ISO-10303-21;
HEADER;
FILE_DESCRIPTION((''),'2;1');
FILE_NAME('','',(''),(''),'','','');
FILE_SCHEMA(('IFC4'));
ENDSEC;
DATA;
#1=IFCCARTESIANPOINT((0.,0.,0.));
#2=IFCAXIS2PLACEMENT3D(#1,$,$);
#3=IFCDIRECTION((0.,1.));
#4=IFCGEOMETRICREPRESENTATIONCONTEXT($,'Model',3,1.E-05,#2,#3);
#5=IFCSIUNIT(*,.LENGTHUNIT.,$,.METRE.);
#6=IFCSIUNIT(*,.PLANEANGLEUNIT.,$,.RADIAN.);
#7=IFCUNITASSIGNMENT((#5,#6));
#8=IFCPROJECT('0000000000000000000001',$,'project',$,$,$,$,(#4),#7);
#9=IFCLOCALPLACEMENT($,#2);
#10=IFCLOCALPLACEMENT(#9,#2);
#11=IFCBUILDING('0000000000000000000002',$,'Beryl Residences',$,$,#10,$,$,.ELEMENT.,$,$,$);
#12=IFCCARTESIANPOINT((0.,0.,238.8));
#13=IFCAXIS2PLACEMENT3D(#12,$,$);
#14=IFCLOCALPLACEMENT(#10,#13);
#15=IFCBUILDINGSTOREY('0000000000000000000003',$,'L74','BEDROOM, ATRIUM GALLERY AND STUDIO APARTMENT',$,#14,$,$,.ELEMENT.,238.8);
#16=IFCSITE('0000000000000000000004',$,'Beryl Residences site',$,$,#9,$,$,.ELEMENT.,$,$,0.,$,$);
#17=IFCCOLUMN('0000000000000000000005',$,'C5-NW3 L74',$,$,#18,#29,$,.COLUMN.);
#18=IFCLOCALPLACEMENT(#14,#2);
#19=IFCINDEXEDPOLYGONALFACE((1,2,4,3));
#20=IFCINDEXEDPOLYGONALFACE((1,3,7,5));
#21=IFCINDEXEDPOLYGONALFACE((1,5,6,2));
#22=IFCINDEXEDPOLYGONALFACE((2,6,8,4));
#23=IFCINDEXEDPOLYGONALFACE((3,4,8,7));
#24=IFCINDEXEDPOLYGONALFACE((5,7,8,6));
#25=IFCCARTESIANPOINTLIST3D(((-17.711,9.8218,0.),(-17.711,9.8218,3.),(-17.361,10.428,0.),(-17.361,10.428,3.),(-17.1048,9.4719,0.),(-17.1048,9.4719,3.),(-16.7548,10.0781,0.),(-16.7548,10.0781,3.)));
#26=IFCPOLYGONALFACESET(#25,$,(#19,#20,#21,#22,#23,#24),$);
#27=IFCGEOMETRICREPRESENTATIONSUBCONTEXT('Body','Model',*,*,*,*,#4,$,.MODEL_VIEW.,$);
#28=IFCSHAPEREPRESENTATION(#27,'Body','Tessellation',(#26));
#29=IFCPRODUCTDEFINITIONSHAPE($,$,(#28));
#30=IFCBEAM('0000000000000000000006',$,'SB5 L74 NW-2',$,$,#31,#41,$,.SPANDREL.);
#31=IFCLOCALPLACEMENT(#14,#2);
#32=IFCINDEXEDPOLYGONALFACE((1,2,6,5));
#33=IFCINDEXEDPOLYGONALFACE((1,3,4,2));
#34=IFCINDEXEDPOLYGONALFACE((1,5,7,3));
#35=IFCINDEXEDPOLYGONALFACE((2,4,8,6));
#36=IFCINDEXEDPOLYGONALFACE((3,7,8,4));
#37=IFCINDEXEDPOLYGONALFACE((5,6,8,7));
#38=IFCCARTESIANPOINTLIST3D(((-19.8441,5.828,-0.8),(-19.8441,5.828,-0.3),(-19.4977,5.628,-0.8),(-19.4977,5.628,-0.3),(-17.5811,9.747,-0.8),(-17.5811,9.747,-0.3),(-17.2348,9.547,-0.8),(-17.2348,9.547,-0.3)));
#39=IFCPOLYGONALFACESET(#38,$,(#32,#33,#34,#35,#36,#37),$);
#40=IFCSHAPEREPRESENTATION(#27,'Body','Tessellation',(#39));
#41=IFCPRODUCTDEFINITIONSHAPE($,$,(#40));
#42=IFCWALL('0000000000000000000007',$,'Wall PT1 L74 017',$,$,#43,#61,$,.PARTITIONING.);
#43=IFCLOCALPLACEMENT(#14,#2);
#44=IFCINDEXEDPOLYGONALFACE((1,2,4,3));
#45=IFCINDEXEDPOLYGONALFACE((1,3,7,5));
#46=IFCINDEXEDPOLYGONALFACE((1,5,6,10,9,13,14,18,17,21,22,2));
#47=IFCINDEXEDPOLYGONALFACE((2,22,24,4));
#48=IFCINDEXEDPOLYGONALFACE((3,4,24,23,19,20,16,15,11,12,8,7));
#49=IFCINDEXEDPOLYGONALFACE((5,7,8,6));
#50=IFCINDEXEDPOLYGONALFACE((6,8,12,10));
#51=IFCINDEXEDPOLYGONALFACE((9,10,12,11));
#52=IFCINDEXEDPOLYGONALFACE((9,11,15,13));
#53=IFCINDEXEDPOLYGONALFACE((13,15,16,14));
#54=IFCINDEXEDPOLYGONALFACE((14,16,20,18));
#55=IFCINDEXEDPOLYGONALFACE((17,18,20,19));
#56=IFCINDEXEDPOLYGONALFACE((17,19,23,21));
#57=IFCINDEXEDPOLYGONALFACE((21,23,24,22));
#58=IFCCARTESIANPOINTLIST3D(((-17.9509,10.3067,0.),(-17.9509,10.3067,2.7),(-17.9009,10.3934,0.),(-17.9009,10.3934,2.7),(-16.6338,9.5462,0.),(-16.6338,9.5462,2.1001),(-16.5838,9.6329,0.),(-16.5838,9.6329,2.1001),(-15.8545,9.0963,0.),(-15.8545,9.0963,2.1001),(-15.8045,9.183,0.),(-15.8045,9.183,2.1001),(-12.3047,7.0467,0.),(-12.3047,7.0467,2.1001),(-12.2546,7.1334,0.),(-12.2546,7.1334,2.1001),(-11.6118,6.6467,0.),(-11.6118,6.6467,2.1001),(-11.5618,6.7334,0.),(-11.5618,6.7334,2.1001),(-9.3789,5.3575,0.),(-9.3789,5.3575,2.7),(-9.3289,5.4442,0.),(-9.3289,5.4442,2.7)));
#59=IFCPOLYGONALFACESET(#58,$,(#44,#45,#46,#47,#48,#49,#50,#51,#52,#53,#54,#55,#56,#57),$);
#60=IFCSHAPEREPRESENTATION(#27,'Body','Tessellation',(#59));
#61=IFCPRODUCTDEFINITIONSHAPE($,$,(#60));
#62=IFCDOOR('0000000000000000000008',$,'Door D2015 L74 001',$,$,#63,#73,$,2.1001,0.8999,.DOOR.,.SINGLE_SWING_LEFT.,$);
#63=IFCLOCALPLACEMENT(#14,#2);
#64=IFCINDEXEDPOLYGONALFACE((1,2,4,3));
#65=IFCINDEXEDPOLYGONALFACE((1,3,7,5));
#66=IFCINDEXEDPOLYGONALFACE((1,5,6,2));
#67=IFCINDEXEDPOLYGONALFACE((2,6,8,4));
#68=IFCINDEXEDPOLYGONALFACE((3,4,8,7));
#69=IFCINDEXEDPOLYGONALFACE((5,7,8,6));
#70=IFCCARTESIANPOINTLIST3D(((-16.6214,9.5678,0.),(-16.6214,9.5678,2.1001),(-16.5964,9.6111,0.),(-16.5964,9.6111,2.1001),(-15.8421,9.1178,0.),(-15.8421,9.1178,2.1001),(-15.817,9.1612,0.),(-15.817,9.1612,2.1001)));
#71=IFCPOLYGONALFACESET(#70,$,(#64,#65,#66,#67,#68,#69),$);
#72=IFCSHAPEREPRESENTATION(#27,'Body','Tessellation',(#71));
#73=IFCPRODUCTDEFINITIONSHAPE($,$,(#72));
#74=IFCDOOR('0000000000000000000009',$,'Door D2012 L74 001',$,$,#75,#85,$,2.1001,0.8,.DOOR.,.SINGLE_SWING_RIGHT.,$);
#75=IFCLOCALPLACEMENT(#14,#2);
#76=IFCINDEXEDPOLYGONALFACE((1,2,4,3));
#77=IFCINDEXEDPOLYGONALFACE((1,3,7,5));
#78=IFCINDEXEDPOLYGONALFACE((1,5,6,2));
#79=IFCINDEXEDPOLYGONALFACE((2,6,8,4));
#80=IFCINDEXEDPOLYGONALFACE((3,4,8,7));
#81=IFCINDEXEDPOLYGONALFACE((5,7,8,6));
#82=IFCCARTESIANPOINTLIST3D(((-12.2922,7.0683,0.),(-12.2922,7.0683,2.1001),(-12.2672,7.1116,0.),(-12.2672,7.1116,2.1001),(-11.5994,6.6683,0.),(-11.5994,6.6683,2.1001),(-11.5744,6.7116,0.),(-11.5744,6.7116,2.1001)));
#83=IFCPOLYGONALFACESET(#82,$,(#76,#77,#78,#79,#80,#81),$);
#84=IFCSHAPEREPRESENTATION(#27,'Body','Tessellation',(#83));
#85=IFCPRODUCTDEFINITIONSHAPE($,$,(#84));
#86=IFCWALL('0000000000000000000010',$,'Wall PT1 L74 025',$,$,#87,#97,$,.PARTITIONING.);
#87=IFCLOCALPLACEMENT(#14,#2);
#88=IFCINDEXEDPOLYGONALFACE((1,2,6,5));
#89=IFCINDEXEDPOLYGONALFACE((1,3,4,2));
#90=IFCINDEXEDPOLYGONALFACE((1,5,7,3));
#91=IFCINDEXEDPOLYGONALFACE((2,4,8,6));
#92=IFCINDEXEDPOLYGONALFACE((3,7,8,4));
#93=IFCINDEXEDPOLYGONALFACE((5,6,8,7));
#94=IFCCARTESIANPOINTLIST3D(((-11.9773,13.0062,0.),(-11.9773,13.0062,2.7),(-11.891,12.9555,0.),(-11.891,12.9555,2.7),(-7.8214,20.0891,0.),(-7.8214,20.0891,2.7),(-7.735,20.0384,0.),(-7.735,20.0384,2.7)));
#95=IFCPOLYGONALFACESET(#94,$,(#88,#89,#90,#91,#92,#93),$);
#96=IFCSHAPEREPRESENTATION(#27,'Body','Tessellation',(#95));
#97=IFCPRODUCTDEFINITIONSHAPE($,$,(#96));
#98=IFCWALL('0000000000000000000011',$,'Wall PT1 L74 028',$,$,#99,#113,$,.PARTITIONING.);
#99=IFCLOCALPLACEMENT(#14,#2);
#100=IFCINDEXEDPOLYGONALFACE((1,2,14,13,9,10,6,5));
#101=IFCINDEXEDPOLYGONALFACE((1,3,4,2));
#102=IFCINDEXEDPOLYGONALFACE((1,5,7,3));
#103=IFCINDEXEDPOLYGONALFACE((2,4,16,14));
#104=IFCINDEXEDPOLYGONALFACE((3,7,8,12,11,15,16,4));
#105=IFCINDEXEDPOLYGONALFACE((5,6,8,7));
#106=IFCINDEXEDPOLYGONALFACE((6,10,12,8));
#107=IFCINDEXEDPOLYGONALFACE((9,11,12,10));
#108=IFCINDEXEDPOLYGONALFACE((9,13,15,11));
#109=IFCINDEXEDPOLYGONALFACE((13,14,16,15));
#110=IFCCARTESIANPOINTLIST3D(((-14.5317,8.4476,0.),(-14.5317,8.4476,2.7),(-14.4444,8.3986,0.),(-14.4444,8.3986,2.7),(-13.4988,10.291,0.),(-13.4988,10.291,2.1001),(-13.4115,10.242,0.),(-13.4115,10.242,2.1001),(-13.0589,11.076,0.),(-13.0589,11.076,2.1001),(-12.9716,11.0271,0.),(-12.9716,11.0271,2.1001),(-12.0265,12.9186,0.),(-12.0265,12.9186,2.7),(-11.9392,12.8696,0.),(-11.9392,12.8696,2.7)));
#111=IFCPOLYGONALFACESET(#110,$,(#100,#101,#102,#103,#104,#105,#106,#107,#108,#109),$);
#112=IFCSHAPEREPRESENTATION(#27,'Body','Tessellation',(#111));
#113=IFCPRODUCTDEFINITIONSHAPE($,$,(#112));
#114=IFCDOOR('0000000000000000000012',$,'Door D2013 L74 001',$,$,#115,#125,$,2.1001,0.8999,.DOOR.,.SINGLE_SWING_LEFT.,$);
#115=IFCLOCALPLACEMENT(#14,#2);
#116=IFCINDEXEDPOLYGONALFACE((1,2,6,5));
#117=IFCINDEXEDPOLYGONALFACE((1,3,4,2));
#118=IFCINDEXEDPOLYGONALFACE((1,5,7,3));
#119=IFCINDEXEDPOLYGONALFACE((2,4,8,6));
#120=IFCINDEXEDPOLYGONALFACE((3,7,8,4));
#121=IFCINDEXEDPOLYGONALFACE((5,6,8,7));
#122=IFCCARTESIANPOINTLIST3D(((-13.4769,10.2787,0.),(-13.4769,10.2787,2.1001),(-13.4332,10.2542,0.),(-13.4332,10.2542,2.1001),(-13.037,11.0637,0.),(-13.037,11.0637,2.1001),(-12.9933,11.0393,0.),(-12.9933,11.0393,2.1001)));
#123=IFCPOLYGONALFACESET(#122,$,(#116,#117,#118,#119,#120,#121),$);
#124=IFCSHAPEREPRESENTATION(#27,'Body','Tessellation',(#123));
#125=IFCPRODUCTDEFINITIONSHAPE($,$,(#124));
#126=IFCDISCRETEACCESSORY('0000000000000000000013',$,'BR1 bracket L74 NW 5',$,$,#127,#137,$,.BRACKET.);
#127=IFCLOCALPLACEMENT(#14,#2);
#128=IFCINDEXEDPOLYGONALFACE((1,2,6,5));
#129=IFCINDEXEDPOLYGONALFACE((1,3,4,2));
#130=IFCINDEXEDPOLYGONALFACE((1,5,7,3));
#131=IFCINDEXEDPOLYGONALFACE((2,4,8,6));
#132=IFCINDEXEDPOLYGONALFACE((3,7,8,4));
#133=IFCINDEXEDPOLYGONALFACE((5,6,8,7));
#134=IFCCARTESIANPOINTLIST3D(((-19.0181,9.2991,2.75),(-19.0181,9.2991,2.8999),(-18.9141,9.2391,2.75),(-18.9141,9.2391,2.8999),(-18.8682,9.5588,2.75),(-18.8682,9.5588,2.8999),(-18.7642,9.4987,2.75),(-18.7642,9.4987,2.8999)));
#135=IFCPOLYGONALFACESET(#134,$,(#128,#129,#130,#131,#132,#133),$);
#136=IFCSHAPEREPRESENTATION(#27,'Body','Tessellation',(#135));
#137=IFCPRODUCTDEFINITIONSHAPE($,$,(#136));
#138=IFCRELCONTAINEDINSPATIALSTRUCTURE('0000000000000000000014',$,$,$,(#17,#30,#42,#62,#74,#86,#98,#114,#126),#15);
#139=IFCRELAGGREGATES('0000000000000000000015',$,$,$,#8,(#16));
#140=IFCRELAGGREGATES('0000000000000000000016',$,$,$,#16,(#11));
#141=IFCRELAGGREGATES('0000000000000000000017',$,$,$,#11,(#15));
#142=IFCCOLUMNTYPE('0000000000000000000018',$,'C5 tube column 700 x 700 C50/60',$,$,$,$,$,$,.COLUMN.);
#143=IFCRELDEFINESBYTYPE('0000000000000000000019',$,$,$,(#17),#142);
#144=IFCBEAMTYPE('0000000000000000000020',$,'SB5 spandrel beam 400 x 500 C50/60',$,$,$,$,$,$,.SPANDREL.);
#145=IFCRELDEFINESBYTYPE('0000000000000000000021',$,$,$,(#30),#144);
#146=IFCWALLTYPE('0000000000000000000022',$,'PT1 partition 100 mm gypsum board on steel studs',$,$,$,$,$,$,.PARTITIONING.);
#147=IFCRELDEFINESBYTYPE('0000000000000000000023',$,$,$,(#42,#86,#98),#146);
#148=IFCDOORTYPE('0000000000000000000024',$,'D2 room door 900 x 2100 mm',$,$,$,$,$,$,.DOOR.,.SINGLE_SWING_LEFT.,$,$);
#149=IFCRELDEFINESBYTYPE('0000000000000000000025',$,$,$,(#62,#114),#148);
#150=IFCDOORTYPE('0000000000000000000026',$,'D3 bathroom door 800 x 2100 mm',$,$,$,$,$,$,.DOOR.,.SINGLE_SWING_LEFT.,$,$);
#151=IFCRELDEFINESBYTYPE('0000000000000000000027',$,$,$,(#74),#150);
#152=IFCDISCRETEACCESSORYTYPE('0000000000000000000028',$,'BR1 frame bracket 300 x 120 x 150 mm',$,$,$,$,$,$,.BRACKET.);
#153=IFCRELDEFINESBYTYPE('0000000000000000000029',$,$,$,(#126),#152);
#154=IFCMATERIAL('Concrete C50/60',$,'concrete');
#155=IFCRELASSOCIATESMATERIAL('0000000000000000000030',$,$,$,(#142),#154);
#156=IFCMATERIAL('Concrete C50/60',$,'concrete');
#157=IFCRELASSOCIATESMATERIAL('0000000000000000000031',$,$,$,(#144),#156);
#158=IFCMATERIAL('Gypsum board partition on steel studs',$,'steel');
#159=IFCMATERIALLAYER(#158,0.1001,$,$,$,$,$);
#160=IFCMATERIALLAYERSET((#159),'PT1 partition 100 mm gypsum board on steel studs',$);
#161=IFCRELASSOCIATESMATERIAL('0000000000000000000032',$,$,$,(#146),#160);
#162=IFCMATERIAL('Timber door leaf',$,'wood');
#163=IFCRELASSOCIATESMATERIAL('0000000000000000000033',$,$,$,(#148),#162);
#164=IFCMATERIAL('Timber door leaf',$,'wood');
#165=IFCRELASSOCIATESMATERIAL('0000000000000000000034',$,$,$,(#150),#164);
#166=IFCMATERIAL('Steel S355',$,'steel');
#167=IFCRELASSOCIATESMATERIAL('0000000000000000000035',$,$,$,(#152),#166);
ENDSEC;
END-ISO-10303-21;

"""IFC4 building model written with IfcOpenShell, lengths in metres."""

from ifc_helpers import new_model, si_unit, direction, frame, frame_2d, origin, origin_2d, place, context, subcontext, project, spatial, polyline, rectangle, outline, extrude, source, transform, mapped, material, layer, layer_set, material_profile, profile_set, type_object, type_shapes, element, fill, save


model = new_model("IFC4")

# Units and contexts
model_context = context("Model", 3, precision=1e-05, world=origin(), true_north=direction((0.0, 1.0)))
body_context = subcontext(model_context, "Body", "Model", "MODEL_VIEW")
ifc_project = project(units=[si_unit("LENGTHUNIT", "METRE"), si_unit("PLANEANGLEUNIT", "RADIAN")], contexts=[model_context])

# Site, building, storey
site_placement = place(None, origin())
site = spatial("IfcSite", under=ifc_project, at=site_placement, Name="Beryl Residences site", CompositionType="ELEMENT", RefElevation=0.0)
building_placement = place(site_placement, origin())
building = spatial("IfcBuilding", under=site, at=building_placement, Name="Beryl Residences", CompositionType="ELEMENT")
storey_placement = place(building_placement, frame((0.0, 0.0, 238.8)))
storey = spatial("IfcBuildingStorey", under=building, at=storey_placement, Name="L74", Description="BEDROOM, ATRIUM GALLERY AND STUDIO APARTMENT", CompositionType="ELEMENT", Elevation=238.8)

# Column
ifc_material_1 = material(Name="Concrete C50/60", Category="concrete")
ifc_material_profile_1 = material_profile(ifc_material_1, rectangle(XDim=0.7, YDim=0.7, at=origin_2d()))
ifc_profile_set_1 = profile_set([ifc_material_profile_1], Name="Concrete C50/60")
column_type = type_object("IfcColumnType", Name="C5 tube column 700 x 700 C50/60", PredefinedType="COLUMN", material=ifc_profile_set_1)
column_placement = place(storey_placement, frame((-17.2329, 9.95, 0.0), z_axis=(0.0, 0.0, 1.0), x_axis=(-0.49997, -0.866043, 0.0)))
element("IfcColumn", 1, at=column_placement, inside=storey, type_object=column_type, Name="C5-NW3 L74", PredefinedType="COLUMN", context=body_context, shape_type="SweptSolid", body=[
    extrude(rectangle(XDim=0.7, YDim=0.7, at=origin_2d()), origin(), (0.0, 0.0, 1.0), 3.0),
])

# Beam
ifc_material_2 = material(Name="Concrete C50/60", Category="concrete")
ifc_material_profile_2 = material_profile(ifc_material_2, rectangle(XDim=0.3999, YDim=0.5, at=origin_2d()))
ifc_profile_set_2 = profile_set([ifc_material_profile_2], Name="Concrete C50/60")
beam_type = type_object("IfcBeamType", Name="SB5 spandrel beam 400 x 500 C50/60", PredefinedType="SPANDREL", material=ifc_profile_set_2)
beam_placement = place(storey_placement, frame((-17.408, 9.647, -0.55), z_axis=(-0.500056, -0.865993, 0.0), x_axis=(0.865993, -0.500056, 0.0)))
element("IfcBeam", 2, at=beam_placement, inside=storey, type_object=beam_type, Name="SB5 L74 NW-2", PredefinedType="SPANDREL", context=body_context, shape_type="SweptSolid", body=[
    extrude(rectangle(XDim=0.3999, YDim=0.5, at=origin_2d()), origin(), (0.0, 0.0, 1.0), 4.5254),
])

# Wall, openings, doors
ifc_material_3 = material(Name="Gypsum board partition on steel studs", Category="steel")
ifc_layer = layer(ifc_material_3, 0.1001)
ifc_layer_set = layer_set([ifc_layer], Name="PT1 partition 100 mm gypsum board on steel studs")
wall_type = type_object("IfcWallType", Name="PT1 partition 100 mm gypsum board on steel studs", PredefinedType="PARTITIONING", material=ifc_layer_set)
wall_1_placement = place(storey_placement, frame((-17.926, 10.3501, 0.0), z_axis=(0.0, 0.0, 1.0), x_axis=(0.866018, -0.500012, 0.0)))
wall_1 = element("IfcWall", 3, at=wall_1_placement, inside=storey, type_object=wall_type, Name="Wall PT1 L74 017", PredefinedType="PARTITIONING", context=body_context, shape_type="SweptSolid", body=[
    extrude(rectangle(XDim=9.8982, YDim=0.1001, at=frame_2d((4.9492, 0.0))), origin(), (0.0, 0.0, 1.0), 2.7),
])
opening_1_placement = place(wall_1_placement, frame((6.52, 0.0, 0.0)))
opening_1 = element("IfcOpeningElement", 4, at=opening_1_placement, cuts=wall_1, PredefinedType="OPENING", context=body_context, shape_type="SweptSolid", body=[
    extrude(rectangle(XDim=0.8, YDim=2.1001, at=frame_2d((0.3999, 1.05))), frame((0.0, 0.0601, 0.0), z_axis=(0.0, -1.0, 0.0), x_axis=(1.0, 0.0, 0.0)), (0.0, 0.0, 1.0), 0.1201),
])
opening_2_placement = place(wall_1_placement, frame((1.521, 0.0, 0.0)))
opening_2 = element("IfcOpeningElement", 5, at=opening_2_placement, cuts=wall_1, PredefinedType="OPENING", context=body_context, shape_type="SweptSolid", body=[
    extrude(rectangle(XDim=0.8999, YDim=2.1001, at=frame_2d((0.45, 1.05))), frame((0.0, 0.0601, 0.0), z_axis=(0.0, -1.0, 0.0), x_axis=(1.0, 0.0, 0.0)), (0.0, 0.0, 1.0), 0.1201),
])
ifc_material_4 = material(Name="Timber door leaf", Category="wood")
door_type_1 = type_object("IfcDoorType", Name="D2 room door 900 x 2100 mm", OperationType="SINGLE_SWING_LEFT", PredefinedType="DOOR", material=ifc_material_4)
door_1_placement = place(opening_2_placement, origin())
door_1 = element("IfcDoor", 6, at=door_1_placement, inside=storey, type_object=door_type_1, Name="Door D2015 L74 001", OperationType="SINGLE_SWING_LEFT", OverallHeight=2.1001, OverallWidth=0.8999, PredefinedType="DOOR", context=body_context, shape_type="SweptSolid", body=[
    extrude(rectangle(XDim=0.8999, YDim=2.1001, at=frame_2d((0.45, 1.05))), frame((0.0, 0.0249, 0.0), z_axis=(0.0, -1.0, 0.0), x_axis=(1.0, 0.0, 0.0)), (0.0, 0.0, 1.0), 0.05),
])
fill(opening_2, door_1)
ifc_material_5 = material(Name="Timber door leaf", Category="wood")
door_type_2 = type_object("IfcDoorType", Name="D3 bathroom door 800 x 2100 mm", OperationType="SINGLE_SWING_LEFT", PredefinedType="DOOR", material=ifc_material_5)
door_2_placement = place(opening_1_placement, origin())
door_2 = element("IfcDoor", 7, at=door_2_placement, inside=storey, type_object=door_type_2, Name="Door D2012 L74 001", OperationType="SINGLE_SWING_RIGHT", OverallHeight=2.1001, OverallWidth=0.8, PredefinedType="DOOR", context=body_context, shape_type="SweptSolid", body=[
    extrude(rectangle(XDim=0.8, YDim=2.1001, at=frame_2d((0.3999, 1.05))), frame((0.0, 0.0249, 0.0), z_axis=(0.0, -1.0, 0.0), x_axis=(1.0, 0.0, 0.0)), (0.0, 0.0, 1.0), 0.05),
])
fill(opening_1, door_2)

# Wall
wall_2_placement = place(storey_placement, frame((-11.9341, 12.981, 0.0), z_axis=(0.0, 0.0, 1.0), x_axis=(0.506073, 0.862491, 0.0)))
element("IfcWall", 8, at=wall_2_placement, inside=storey, type_object=wall_type, Name="Wall PT1 L74 025", PredefinedType="PARTITIONING", context=body_context, shape_type="SweptSolid", body=[
    extrude(rectangle(XDim=8.2122, YDim=0.1001, at=frame_2d((4.106, 0.0))), origin(), (0.0, 0.0, 1.0), 2.7),
])

# Wall, opening, door
wall_3_placement = place(storey_placement, frame((-14.488, 8.4231, 0.0), z_axis=(0.0, 0.0, 1.0), x_axis=(0.488811, 0.87239, 0.0)))
wall_3 = element("IfcWall", 9, at=wall_3_placement, inside=storey, type_object=wall_type, Name="Wall PT1 L74 028", PredefinedType="PARTITIONING", context=body_context, shape_type="SweptSolid", body=[
    extrude(rectangle(XDim=5.125, YDim=0.1001, at=frame_2d((2.5625, 0.0))), origin(), (0.0, 0.0, 1.0), 2.7),
])
opening_3_placement = place(wall_3_placement, frame((2.113, 0.0, 0.0)))
opening_3 = element("IfcOpeningElement", 10, at=opening_3_placement, cuts=wall_3, PredefinedType="OPENING", context=body_context, shape_type="SweptSolid", body=[
    extrude(rectangle(XDim=0.8999, YDim=2.1001, at=frame_2d((0.45, 1.05))), frame((0.0, 0.0601, 0.0), z_axis=(0.0, -1.0, 0.0), x_axis=(1.0, 0.0, 0.0)), (0.0, 0.0, 1.0), 0.1201),
])
door_3_placement = place(opening_3_placement, origin())
door_3 = element("IfcDoor", 11, at=door_3_placement, inside=storey, type_object=door_type_1, Name="Door D2013 L74 001", OperationType="SINGLE_SWING_LEFT", OverallHeight=2.1001, OverallWidth=0.8999, PredefinedType="DOOR", context=body_context, shape_type="SweptSolid", body=[
    extrude(rectangle(XDim=0.8999, YDim=2.1001, at=frame_2d((0.45, 1.05))), frame((0.0, 0.0249, 0.0), z_axis=(0.0, -1.0, 0.0), x_axis=(1.0, 0.0, 0.0)), (0.0, 0.0, 1.0), 0.05),
])
fill(opening_3, door_3)

# Discrete accessory
ifc_material_6 = material(Name="Steel S355", Category="steel")
discrete_accessory_type = type_object("IfcDiscreteAccessoryType", Name="BR1 frame bracket 300 x 120 x 150 mm", PredefinedType="BRACKET", material=ifc_material_6)
shared_shape_1 = source(origin(), body_context, "Body", "SweptSolid", [
    extrude(outline(polyline([(-0.1499, 0.0), (0.1499, 0.0), (0.1499, 0.1201), (-0.1499, 0.1201), (-0.1499, 0.0)])), origin(), (0.0, 0.0, 1.0), 0.1499),
])
type_shapes(discrete_accessory_type, [shared_shape_1])
discrete_accessory_placement = place(storey_placement, frame((-18.8391, 9.3689, 2.75), z_axis=(0.0, 0.0, 1.0), x_axis=(0.5, 0.866025, 0.0)))
element("IfcDiscreteAccessory", 12, at=discrete_accessory_placement, inside=storey, type_object=discrete_accessory_type, Name="BR1 bracket L74 NW 5", PredefinedType="BRACKET", context=body_context, shape_type="MappedRepresentation", body=[
    mapped(shared_shape_1, transform((0.0, 0.0, 0.0))),
])

save(model, "model.ifc")
